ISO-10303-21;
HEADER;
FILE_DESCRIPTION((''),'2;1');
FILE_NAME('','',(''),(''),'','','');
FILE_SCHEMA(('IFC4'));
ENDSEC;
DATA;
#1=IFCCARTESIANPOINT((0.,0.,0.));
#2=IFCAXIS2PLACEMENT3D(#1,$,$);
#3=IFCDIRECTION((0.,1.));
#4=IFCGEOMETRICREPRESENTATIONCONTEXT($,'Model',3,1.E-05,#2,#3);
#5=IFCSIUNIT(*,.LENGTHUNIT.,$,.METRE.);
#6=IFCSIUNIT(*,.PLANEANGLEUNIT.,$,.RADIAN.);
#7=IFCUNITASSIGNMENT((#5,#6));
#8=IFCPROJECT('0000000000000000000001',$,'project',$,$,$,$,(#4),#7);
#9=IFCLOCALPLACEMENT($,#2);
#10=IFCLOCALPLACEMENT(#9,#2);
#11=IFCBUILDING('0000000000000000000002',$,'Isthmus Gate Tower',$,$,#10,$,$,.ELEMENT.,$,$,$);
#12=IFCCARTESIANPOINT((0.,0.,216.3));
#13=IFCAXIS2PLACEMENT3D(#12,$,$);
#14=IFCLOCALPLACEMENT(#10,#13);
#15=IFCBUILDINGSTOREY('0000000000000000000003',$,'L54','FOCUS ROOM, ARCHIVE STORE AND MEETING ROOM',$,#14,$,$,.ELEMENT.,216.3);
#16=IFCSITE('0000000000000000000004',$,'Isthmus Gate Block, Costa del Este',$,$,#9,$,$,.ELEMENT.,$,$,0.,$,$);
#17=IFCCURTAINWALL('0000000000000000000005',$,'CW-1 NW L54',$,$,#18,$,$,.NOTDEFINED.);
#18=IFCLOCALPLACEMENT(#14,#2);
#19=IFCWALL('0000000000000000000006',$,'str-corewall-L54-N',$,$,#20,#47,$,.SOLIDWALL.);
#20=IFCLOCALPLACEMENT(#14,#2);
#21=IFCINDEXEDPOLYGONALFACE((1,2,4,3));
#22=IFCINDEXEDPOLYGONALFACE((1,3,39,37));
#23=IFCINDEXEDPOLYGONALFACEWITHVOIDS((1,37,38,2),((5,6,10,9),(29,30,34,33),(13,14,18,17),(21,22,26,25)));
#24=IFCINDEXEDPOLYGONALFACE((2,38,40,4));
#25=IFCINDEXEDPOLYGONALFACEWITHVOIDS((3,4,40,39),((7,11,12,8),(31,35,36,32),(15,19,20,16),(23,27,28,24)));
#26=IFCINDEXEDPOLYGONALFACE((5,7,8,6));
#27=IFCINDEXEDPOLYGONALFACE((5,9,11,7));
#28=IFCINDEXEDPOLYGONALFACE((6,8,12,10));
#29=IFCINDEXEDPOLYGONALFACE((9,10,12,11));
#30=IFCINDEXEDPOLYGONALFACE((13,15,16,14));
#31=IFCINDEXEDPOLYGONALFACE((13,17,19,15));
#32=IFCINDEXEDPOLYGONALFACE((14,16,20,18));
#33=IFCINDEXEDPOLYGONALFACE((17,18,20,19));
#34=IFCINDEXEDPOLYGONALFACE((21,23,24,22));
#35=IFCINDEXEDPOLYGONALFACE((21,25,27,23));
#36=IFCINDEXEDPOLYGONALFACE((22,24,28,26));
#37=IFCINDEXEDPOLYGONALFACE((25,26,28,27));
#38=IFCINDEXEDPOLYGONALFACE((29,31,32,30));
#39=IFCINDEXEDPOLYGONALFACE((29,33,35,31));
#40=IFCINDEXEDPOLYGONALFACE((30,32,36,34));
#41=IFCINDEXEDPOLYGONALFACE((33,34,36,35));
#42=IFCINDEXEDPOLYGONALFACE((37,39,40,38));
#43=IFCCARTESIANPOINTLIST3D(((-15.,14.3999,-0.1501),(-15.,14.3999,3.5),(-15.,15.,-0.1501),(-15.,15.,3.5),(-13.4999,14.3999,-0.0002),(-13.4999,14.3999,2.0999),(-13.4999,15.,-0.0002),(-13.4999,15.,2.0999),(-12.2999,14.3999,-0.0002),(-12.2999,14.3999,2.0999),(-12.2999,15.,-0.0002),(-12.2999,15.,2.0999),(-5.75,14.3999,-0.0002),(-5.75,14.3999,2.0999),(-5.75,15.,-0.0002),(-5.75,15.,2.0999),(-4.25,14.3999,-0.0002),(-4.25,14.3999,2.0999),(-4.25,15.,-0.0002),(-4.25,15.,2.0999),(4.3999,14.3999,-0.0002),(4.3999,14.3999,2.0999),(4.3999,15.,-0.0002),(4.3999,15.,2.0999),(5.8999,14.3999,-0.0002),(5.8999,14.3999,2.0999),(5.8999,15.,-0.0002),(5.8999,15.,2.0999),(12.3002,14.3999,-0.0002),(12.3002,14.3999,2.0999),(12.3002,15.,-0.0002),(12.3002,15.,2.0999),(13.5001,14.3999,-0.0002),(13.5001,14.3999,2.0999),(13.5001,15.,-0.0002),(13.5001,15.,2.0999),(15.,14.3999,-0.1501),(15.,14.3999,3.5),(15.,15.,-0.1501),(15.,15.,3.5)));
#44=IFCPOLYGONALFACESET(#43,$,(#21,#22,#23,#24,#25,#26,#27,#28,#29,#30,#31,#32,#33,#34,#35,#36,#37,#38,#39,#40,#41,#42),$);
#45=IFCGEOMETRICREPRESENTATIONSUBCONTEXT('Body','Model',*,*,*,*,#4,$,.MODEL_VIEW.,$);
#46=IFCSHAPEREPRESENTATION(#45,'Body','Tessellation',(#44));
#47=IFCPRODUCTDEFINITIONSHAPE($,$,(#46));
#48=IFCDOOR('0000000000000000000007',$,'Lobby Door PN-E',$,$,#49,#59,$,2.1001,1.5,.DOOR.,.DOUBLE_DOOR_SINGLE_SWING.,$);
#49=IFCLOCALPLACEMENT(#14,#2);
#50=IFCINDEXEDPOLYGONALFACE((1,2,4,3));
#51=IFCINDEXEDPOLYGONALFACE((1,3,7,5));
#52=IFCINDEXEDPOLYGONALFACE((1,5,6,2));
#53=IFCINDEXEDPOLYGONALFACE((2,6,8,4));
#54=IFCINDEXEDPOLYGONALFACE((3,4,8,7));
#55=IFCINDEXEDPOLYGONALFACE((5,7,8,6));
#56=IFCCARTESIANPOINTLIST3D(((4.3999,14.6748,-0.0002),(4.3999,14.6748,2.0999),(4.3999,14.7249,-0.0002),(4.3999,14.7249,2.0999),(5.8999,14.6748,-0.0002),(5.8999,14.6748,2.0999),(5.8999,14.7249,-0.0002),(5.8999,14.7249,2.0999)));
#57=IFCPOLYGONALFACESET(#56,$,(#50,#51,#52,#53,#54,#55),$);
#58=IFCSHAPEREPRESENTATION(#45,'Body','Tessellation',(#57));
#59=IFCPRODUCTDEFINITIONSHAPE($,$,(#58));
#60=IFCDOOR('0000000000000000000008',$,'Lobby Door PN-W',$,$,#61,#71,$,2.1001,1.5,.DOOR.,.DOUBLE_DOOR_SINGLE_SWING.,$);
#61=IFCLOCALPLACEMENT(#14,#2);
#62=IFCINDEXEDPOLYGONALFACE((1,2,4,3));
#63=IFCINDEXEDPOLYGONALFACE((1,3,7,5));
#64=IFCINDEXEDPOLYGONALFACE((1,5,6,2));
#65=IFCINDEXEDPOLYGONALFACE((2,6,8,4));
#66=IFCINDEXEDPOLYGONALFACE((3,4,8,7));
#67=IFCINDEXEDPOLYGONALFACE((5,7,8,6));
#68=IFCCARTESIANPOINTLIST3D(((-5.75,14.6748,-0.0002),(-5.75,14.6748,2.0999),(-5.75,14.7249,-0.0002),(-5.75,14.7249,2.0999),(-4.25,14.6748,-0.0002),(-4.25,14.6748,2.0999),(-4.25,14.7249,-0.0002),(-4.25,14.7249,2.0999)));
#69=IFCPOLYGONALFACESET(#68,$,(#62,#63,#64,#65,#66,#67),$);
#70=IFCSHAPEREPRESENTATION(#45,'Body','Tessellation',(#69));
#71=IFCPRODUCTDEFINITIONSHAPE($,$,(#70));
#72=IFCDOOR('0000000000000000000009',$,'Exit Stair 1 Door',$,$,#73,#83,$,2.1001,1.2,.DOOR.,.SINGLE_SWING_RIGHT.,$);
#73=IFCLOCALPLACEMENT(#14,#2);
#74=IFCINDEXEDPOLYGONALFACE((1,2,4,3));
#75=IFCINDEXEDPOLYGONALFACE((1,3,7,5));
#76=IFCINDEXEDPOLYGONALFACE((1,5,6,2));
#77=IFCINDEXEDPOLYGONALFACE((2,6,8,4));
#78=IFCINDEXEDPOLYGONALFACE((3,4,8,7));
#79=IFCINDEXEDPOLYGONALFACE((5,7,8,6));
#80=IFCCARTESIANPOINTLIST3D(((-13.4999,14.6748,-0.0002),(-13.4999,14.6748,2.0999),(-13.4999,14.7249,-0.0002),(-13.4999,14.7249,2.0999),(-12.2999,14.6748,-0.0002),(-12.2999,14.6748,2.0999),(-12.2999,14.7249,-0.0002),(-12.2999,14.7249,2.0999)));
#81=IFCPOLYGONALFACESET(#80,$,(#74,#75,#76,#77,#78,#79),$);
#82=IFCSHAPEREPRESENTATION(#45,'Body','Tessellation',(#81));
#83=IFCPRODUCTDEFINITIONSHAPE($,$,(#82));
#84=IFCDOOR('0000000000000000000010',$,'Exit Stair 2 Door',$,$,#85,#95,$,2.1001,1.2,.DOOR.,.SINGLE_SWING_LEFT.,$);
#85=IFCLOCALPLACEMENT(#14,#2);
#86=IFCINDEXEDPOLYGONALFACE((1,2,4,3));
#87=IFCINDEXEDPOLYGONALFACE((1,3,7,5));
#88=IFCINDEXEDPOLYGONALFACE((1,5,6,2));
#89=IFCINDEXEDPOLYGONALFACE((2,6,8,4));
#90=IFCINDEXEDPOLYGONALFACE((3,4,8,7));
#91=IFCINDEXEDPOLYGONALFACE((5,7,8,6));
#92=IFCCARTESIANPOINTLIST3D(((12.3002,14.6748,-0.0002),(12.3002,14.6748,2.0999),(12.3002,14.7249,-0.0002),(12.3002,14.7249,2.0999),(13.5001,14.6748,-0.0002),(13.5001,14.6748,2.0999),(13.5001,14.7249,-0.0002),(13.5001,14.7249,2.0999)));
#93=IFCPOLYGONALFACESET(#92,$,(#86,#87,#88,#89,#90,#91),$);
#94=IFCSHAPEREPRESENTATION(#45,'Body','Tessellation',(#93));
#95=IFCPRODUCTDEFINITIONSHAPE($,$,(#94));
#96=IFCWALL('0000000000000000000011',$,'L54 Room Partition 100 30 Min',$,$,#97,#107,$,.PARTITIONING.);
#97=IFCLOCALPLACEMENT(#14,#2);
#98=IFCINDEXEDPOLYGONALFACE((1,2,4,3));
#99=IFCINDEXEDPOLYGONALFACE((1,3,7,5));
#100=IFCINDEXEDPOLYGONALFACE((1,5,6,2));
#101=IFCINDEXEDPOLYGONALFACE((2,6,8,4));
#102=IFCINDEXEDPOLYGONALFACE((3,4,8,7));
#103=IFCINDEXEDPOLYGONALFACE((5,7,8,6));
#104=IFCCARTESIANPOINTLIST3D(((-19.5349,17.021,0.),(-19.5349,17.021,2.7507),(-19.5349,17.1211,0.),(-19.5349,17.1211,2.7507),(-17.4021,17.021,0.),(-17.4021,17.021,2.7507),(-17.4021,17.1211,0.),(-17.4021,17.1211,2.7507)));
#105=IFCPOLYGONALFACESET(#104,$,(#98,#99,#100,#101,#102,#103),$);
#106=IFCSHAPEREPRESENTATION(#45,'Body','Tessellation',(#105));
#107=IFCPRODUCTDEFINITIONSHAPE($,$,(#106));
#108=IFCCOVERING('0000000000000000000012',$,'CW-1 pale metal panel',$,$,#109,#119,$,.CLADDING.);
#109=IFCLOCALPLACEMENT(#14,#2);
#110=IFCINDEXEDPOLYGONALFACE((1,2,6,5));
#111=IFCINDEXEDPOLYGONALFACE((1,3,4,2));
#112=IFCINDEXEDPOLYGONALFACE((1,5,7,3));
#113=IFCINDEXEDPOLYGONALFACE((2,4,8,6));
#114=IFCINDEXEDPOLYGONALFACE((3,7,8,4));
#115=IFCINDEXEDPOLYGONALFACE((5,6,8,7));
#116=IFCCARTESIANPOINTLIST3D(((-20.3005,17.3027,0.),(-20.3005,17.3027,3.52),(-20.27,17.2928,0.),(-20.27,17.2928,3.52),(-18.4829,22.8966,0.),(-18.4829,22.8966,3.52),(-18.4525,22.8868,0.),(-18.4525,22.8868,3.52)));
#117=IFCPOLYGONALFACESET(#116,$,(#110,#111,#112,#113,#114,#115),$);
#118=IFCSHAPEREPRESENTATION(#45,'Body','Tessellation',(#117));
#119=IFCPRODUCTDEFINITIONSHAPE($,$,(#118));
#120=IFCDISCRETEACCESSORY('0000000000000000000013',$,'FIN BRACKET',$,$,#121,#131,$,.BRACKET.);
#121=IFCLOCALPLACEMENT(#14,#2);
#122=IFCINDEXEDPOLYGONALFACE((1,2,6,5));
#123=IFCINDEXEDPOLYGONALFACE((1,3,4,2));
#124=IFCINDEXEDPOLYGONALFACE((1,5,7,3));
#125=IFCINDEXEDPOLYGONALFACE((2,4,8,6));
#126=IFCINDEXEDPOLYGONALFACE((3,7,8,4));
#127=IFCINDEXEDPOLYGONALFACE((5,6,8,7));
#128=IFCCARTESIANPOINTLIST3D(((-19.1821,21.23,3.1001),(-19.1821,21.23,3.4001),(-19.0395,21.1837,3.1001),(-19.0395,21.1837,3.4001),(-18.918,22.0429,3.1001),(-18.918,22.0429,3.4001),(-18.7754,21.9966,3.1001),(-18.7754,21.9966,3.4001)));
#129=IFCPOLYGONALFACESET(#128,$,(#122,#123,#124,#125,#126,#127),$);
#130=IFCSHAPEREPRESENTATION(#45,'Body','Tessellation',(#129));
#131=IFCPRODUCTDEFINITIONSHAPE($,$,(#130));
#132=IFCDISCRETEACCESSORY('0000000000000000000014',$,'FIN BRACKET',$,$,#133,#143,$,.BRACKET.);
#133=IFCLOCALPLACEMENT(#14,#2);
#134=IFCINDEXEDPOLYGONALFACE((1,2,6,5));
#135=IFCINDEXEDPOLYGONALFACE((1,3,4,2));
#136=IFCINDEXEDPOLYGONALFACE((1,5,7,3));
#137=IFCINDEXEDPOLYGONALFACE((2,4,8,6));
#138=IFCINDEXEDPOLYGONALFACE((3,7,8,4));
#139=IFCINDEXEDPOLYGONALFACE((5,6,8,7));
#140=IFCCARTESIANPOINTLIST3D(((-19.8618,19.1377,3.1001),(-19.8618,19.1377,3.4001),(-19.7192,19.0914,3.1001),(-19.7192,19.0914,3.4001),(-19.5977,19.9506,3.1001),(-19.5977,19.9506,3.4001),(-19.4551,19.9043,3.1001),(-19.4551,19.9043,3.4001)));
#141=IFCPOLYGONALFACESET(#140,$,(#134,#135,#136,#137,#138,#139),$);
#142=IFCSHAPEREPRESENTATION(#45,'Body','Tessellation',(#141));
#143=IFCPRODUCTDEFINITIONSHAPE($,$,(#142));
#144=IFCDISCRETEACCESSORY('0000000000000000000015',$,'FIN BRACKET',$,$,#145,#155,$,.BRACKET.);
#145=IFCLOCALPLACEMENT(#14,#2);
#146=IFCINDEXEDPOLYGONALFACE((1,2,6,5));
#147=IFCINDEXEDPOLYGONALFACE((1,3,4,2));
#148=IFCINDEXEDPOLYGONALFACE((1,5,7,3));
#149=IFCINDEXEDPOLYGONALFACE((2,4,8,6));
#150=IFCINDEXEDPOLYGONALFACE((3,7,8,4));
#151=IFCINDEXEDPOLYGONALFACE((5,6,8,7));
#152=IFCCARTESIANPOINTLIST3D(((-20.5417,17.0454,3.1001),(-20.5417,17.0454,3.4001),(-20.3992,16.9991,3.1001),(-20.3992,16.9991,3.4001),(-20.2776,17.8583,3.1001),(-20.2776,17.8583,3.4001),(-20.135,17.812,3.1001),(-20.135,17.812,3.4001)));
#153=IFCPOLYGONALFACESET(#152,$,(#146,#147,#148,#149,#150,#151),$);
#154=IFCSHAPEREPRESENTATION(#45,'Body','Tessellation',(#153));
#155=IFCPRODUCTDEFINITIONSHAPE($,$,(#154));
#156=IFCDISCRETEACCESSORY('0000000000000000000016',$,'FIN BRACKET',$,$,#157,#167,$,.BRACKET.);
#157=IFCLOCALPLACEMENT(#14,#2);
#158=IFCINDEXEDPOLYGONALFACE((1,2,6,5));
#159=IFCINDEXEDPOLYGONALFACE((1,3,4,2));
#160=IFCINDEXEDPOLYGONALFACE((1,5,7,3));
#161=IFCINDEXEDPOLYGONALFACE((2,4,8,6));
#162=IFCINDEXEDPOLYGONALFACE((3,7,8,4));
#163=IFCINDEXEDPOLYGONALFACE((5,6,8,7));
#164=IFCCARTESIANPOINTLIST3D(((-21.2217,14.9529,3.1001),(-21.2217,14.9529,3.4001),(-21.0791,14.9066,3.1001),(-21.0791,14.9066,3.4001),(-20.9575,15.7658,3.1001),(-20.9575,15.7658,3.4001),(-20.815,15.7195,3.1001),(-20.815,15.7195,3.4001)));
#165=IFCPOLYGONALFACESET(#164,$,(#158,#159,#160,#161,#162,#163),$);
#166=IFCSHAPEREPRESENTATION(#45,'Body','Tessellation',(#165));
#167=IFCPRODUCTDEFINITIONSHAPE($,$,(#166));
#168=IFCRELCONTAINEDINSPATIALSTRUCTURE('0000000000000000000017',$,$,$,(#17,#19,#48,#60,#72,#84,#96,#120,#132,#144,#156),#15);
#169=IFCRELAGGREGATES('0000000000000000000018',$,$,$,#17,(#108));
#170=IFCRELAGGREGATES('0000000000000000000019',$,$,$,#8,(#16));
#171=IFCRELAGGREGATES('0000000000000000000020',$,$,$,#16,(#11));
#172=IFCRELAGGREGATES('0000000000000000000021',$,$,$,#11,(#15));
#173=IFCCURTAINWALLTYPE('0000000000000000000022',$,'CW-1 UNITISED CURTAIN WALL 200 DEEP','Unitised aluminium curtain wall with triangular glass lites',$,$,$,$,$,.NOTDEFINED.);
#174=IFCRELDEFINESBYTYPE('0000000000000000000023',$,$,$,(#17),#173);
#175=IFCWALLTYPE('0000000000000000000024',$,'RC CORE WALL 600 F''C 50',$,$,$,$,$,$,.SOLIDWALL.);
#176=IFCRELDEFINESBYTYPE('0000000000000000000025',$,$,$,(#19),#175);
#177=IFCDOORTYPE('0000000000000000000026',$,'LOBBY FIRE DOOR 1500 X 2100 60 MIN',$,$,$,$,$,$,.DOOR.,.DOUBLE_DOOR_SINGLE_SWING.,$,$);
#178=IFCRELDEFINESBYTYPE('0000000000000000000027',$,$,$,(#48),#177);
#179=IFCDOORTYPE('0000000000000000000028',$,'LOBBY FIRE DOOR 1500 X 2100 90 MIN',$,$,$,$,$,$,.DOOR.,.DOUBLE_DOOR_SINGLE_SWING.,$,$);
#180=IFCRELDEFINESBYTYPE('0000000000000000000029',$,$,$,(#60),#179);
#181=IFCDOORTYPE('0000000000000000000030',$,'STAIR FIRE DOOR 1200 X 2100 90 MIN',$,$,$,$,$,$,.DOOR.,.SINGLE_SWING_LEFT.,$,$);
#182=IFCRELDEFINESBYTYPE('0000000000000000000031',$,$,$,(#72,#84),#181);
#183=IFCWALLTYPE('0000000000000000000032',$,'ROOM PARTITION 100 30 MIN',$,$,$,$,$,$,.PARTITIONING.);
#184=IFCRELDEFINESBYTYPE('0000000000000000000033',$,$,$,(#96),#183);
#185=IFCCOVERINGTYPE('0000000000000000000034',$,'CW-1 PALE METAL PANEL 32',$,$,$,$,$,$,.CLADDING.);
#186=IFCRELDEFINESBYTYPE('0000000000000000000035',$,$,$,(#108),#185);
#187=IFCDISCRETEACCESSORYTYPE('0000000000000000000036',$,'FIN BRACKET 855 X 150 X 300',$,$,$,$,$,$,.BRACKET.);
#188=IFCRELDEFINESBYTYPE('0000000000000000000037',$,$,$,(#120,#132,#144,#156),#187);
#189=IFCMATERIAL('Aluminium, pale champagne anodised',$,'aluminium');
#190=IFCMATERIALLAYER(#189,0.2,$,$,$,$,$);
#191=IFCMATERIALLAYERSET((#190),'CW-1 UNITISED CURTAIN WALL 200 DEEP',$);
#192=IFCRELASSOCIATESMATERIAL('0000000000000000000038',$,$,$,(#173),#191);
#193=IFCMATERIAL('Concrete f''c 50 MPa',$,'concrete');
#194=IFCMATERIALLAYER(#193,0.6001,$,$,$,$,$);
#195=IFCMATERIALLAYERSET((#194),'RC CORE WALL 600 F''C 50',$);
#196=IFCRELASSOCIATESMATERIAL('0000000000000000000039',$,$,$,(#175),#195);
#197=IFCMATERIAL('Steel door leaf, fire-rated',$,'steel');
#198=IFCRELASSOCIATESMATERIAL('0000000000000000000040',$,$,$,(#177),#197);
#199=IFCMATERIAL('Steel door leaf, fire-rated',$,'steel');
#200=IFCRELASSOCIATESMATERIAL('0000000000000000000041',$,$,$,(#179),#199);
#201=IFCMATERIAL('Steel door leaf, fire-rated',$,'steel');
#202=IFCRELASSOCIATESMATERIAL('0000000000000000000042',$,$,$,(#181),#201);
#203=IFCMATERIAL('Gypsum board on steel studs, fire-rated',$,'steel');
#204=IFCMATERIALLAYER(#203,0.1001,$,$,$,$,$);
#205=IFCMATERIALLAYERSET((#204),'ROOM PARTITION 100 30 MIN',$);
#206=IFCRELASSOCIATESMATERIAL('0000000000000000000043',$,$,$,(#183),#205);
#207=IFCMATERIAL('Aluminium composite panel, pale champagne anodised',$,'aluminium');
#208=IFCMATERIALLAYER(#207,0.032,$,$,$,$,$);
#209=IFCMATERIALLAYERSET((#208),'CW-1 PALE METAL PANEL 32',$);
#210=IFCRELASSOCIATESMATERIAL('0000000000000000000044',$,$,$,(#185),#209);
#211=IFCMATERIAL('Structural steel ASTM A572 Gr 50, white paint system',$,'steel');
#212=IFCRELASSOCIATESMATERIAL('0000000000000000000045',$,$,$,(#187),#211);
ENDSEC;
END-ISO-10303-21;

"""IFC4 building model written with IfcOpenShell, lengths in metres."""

from ifc_helpers import new_model, si_unit, direction, frame, frame_2d, origin, origin_2d, place, context, subcontext, project, spatial, rectangle, extrude, material, layer, layer_set, type_object, element, fill, aggregate, save


model = new_model("IFC4")

# Units and contexts
model_context = context("Model", 3, precision=1e-05, world=origin(), true_north=direction((0.0, 1.0)))
body_context = subcontext(model_context, "Body", "Model", "MODEL_VIEW")
ifc_project = project(units=[si_unit("LENGTHUNIT", "METRE"), si_unit("PLANEANGLEUNIT", "RADIAN")], contexts=[model_context])

# Site, building, storey
site_placement = place(None, origin())
site = spatial("IfcSite", under=ifc_project, at=site_placement, Name="Isthmus Gate Block, Costa del Este", CompositionType="ELEMENT", RefElevation=0.0)
building_placement = place(site_placement, origin())
building = spatial("IfcBuilding", under=site, at=building_placement, Name="Isthmus Gate Tower", CompositionType="ELEMENT")
storey_placement = place(building_placement, frame((0.0, 0.0, 216.3)))
storey = spatial("IfcBuildingStorey", under=building, at=storey_placement, Name="L54", Description="FOCUS ROOM, ARCHIVE STORE AND MEETING ROOM", CompositionType="ELEMENT", Elevation=216.3)

# Curtain wall
ifc_material_1 = material(Name="Aluminium, pale champagne anodised", Category="aluminium")
ifc_layer_1 = layer(ifc_material_1, 0.2)
ifc_layer_set_1 = layer_set([ifc_layer_1], Name="CW-1 UNITISED CURTAIN WALL 200 DEEP")
curtain_wall_type = type_object("IfcCurtainWallType", Name="CW-1 UNITISED CURTAIN WALL 200 DEEP", Description="Unitised aluminium curtain wall with triangular glass lites", PredefinedType="NOTDEFINED", material=ifc_layer_set_1)
curtain_wall_1_placement = place(storey_placement, origin())
curtain_wall_1 = element("IfcCurtainWall", 1, at=curtain_wall_1_placement, inside=storey, type_object=curtain_wall_type, Name="CW-1 NW L54", PredefinedType="NOTDEFINED")

# Wall, openings, doors
ifc_material_2 = material(Name="Concrete f'c 50 MPa", Category="concrete")
ifc_layer_2 = layer(ifc_material_2, 0.6001)
ifc_layer_set_2 = layer_set([ifc_layer_2], Name="RC CORE WALL 600 F'C 50")
wall_type_1 = type_object("IfcWallType", Name="RC CORE WALL 600 F'C 50", PredefinedType="SOLIDWALL", material=ifc_layer_set_2)
wall_1_placement = place(storey_placement, frame((-15.0, 14.7, -0.1501), z_axis=(0.0, 0.0, 1.0), x_axis=(1.0, 0.0, 0.0)))
wall_1 = element("IfcWall", 2, at=wall_1_placement, inside=storey, type_object=wall_type_1, Name="str-corewall-L54-N", PredefinedType="SOLIDWALL", context=body_context, shape_type="SweptSolid", body=[
    extrude(rectangle(XDim=30.0, YDim=0.6001, at=frame_2d((15.0, 0.0))), origin(), (0.0, 0.0, 1.0), 3.6501),
])
opening_1_placement = place(wall_1_placement, frame((9.25, 0.0, 0.1499)))
opening_1 = element("IfcOpeningElement", 3, at=opening_1_placement, cuts=wall_1, PredefinedType="OPENING", context=body_context, shape_type="SweptSolid", body=[
    extrude(rectangle(XDim=1.5, YDim=2.1001, at=frame_2d((0.75, 1.05))), frame((0.0, 0.3101, 0.0), z_axis=(0.0, -1.0, 0.0), x_axis=(1.0, 0.0, 0.0)), (0.0, 0.0, 1.0), 0.6201),
])
opening_2_placement = place(wall_1_placement, frame((19.3999, 0.0, 0.1499)))
opening_2 = element("IfcOpeningElement", 4, at=opening_2_placement, cuts=wall_1, PredefinedType="OPENING", context=body_context, shape_type="SweptSolid", body=[
    extrude(rectangle(XDim=1.5, YDim=2.1001, at=frame_2d((0.75, 1.05))), frame((0.0, 0.3101, 0.0), z_axis=(0.0, -1.0, 0.0), x_axis=(1.0, 0.0, 0.0)), (0.0, 0.0, 1.0), 0.6201),
])
opening_3_placement = place(wall_1_placement, frame((1.5, 0.0, 0.1499)))
opening_3 = element("IfcOpeningElement", 5, at=opening_3_placement, cuts=wall_1, PredefinedType="OPENING", context=body_context, shape_type="SweptSolid", body=[
    extrude(rectangle(XDim=1.2, YDim=2.1001, at=frame_2d((0.6001, 1.05))), frame((0.0, 0.3101, 0.0), z_axis=(0.0, -1.0, 0.0), x_axis=(1.0, 0.0, 0.0)), (0.0, 0.0, 1.0), 0.6201),
])
opening_4_placement = place(wall_1_placement, frame((27.3, 0.0, 0.1499)))
opening_4 = element("IfcOpeningElement", 6, at=opening_4_placement, cuts=wall_1, PredefinedType="OPENING", context=body_context, shape_type="SweptSolid", body=[
    extrude(rectangle(XDim=1.2, YDim=2.1001, at=frame_2d((0.6001, 1.05))), frame((0.0, 0.3101, 0.0), z_axis=(0.0, -1.0, 0.0), x_axis=(1.0, 0.0, 0.0)), (0.0, 0.0, 1.0), 0.6201),
])
ifc_material_3 = material(Name="Steel door leaf, fire-rated", Category="steel")
door_type_1 = type_object("IfcDoorType", Name="LOBBY FIRE DOOR 1500 X 2100 60 MIN", OperationType="DOUBLE_DOOR_SINGLE_SWING", PredefinedType="DOOR", material=ifc_material_3)
door_1_placement = place(opening_2_placement, origin())
door_1 = element("IfcDoor", 7, at=door_1_placement, inside=storey, type_object=door_type_1, Name="Lobby Door PN-E", OperationType="DOUBLE_DOOR_SINGLE_SWING", OverallHeight=2.1001, OverallWidth=1.5, PredefinedType="DOOR", context=body_context, shape_type="SweptSolid", body=[
    extrude(rectangle(XDim=1.5, YDim=2.1001, at=frame_2d((0.75, 1.05))), frame((0.0, 0.0249, 0.0), z_axis=(0.0, -1.0, 0.0), x_axis=(1.0, 0.0, 0.0)), (0.0, 0.0, 1.0), 0.05),
])
fill(opening_2, door_1)
ifc_material_4 = material(Name="Steel door leaf, fire-rated", Category="steel")
door_type_2 = type_object("IfcDoorType", Name="LOBBY FIRE DOOR 1500 X 2100 90 MIN", OperationType="DOUBLE_DOOR_SINGLE_SWING", PredefinedType="DOOR", material=ifc_material_4)
door_2_placement = place(opening_1_placement, origin())
door_2 = element("IfcDoor", 8, at=door_2_placement, inside=storey, type_object=door_type_2, Name="Lobby Door PN-W", OperationType="DOUBLE_DOOR_SINGLE_SWING", OverallHeight=2.1001, OverallWidth=1.5, PredefinedType="DOOR", context=body_context, shape_type="SweptSolid", body=[
    extrude(rectangle(XDim=1.5, YDim=2.1001, at=frame_2d((0.75, 1.05))), frame((0.0, 0.0249, 0.0), z_axis=(0.0, -1.0, 0.0), x_axis=(1.0, 0.0, 0.0)), (0.0, 0.0, 1.0), 0.05),
])
fill(opening_1, door_2)
ifc_material_5 = material(Name="Steel door leaf, fire-rated", Category="steel")
door_type_3 = type_object("IfcDoorType", Name="STAIR FIRE DOOR 1200 X 2100 90 MIN", OperationType="SINGLE_SWING_LEFT", PredefinedType="DOOR", material=ifc_material_5)
door_3_placement = place(opening_3_placement, origin())
door_3 = element("IfcDoor", 9, at=door_3_placement, inside=storey, type_object=door_type_3, Name="Exit Stair 1 Door", OperationType="SINGLE_SWING_RIGHT", OverallHeight=2.1001, OverallWidth=1.2, PredefinedType="DOOR", context=body_context, shape_type="SweptSolid", body=[
    extrude(rectangle(XDim=1.2, YDim=2.1001, at=frame_2d((0.6001, 1.05))), frame((0.0, 0.0249, 0.0), z_axis=(0.0, -1.0, 0.0), x_axis=(1.0, 0.0, 0.0)), (0.0, 0.0, 1.0), 0.05),
])
fill(opening_3, door_3)
door_4_placement = place(opening_4_placement, origin())
door_4 = element("IfcDoor", 10, at=door_4_placement, inside=storey, type_object=door_type_3, Name="Exit Stair 2 Door", OperationType="SINGLE_SWING_LEFT", OverallHeight=2.1001, OverallWidth=1.2, PredefinedType="DOOR", context=body_context, shape_type="SweptSolid", body=[
    extrude(rectangle(XDim=1.2, YDim=2.1001, at=frame_2d((0.6001, 1.05))), frame((0.0, 0.0249, 0.0), z_axis=(0.0, -1.0, 0.0), x_axis=(1.0, 0.0, 0.0)), (0.0, 0.0, 1.0), 0.05),
])
fill(opening_4, door_4)

# Wall
ifc_material_6 = material(Name="Gypsum board on steel studs, fire-rated", Category="steel")
ifc_layer_3 = layer(ifc_material_6, 0.1001)
ifc_layer_set_3 = layer_set([ifc_layer_3], Name="ROOM PARTITION 100 30 MIN")
wall_type_2 = type_object("IfcWallType", Name="ROOM PARTITION 100 30 MIN", PredefinedType="PARTITIONING", material=ifc_layer_set_3)
wall_2_placement = place(storey_placement, frame((-19.5349, 17.071, 0.0), z_axis=(0.0, 0.0, 1.0), x_axis=(1.0, 0.0, 0.0)))
element("IfcWall", 11, at=wall_2_placement, inside=storey, type_object=wall_type_2, Name="L54 Room Partition 100 30 Min", PredefinedType="PARTITIONING", context=body_context, shape_type="SweptSolid", body=[
    extrude(rectangle(XDim=2.1328, YDim=0.1001, at=frame_2d((1.0664, 0.0))), origin(), (0.0, 0.0, 1.0), 2.7507),
])

# Covering
ifc_material_7 = material(Name="Aluminium composite panel, pale champagne anodised", Category="aluminium")
ifc_layer_4 = layer(ifc_material_7, 0.032)
ifc_layer_set_4 = layer_set([ifc_layer_4], Name="CW-1 PALE METAL PANEL 32")
covering_type = type_object("IfcCoveringType", Name="CW-1 PALE METAL PANEL 32", PredefinedType="CLADDING", material=ifc_layer_set_4)
covering_placement = place(storey_placement, frame((-19.3765, 20.0947, 0.0), z_axis=(0.0, 0.0, 1.0), x_axis=(-0.309017, -0.951057, 0.0)))
covering = element("IfcCovering", 12, at=covering_placement, type_object=covering_type, Name="CW-1 pale metal panel", PredefinedType="CLADDING", context=body_context, shape_type="SweptSolid", body=[
    extrude(rectangle(XDim=5.8818, YDim=0.032, at=origin_2d()), origin(), (0.0, 0.0, 1.0), 3.52),
])
aggregate(curtain_wall_1, [covering])

# Discrete accessories
ifc_material_8 = material(Name="Structural steel ASTM A572 Gr 50, white paint system", Category="steel")
discrete_accessory_type = type_object("IfcDiscreteAccessoryType", Name="FIN BRACKET 855 X 150 X 300", PredefinedType="BRACKET", material=ifc_material_8)
for number, where, z_axis, x_axis, name in (
    (13, (-18.9788, 21.6133, 3.1001), (0.0, 0.0, 1.0), (-0.951057, 0.309017, 0.0), "FIN BRACKET"),
    (14, (-19.6584, 19.521, 3.1001), (0.0, 0.0, 1.0), (-0.951057, 0.309017, 0.0), "FIN BRACKET"),
    (15, (-20.3384, 17.4287, 3.1001), (0.0, 0.0, 1.0), (-0.951057, 0.309017, 0.0), "FIN BRACKET"),
    (16, (-21.0183, 15.3362, 3.1001), (0.0, 0.0, 1.0), (-0.951057, 0.309017, 0.0), "FIN BRACKET"),
):
    element("IfcDiscreteAccessory", number, at=place(storey_placement, frame(where, z_axis=z_axis, x_axis=x_axis)), inside=storey, type_object=discrete_accessory_type, Name=name, PredefinedType="BRACKET", context=body_context, shape_type="SweptSolid", body=[
        extrude(rectangle(XDim=0.1499, YDim=0.8547, at=origin_2d()), origin(), (0.0, 0.0, 1.0), 0.3),
    ])

save(model, "model.ifc")
